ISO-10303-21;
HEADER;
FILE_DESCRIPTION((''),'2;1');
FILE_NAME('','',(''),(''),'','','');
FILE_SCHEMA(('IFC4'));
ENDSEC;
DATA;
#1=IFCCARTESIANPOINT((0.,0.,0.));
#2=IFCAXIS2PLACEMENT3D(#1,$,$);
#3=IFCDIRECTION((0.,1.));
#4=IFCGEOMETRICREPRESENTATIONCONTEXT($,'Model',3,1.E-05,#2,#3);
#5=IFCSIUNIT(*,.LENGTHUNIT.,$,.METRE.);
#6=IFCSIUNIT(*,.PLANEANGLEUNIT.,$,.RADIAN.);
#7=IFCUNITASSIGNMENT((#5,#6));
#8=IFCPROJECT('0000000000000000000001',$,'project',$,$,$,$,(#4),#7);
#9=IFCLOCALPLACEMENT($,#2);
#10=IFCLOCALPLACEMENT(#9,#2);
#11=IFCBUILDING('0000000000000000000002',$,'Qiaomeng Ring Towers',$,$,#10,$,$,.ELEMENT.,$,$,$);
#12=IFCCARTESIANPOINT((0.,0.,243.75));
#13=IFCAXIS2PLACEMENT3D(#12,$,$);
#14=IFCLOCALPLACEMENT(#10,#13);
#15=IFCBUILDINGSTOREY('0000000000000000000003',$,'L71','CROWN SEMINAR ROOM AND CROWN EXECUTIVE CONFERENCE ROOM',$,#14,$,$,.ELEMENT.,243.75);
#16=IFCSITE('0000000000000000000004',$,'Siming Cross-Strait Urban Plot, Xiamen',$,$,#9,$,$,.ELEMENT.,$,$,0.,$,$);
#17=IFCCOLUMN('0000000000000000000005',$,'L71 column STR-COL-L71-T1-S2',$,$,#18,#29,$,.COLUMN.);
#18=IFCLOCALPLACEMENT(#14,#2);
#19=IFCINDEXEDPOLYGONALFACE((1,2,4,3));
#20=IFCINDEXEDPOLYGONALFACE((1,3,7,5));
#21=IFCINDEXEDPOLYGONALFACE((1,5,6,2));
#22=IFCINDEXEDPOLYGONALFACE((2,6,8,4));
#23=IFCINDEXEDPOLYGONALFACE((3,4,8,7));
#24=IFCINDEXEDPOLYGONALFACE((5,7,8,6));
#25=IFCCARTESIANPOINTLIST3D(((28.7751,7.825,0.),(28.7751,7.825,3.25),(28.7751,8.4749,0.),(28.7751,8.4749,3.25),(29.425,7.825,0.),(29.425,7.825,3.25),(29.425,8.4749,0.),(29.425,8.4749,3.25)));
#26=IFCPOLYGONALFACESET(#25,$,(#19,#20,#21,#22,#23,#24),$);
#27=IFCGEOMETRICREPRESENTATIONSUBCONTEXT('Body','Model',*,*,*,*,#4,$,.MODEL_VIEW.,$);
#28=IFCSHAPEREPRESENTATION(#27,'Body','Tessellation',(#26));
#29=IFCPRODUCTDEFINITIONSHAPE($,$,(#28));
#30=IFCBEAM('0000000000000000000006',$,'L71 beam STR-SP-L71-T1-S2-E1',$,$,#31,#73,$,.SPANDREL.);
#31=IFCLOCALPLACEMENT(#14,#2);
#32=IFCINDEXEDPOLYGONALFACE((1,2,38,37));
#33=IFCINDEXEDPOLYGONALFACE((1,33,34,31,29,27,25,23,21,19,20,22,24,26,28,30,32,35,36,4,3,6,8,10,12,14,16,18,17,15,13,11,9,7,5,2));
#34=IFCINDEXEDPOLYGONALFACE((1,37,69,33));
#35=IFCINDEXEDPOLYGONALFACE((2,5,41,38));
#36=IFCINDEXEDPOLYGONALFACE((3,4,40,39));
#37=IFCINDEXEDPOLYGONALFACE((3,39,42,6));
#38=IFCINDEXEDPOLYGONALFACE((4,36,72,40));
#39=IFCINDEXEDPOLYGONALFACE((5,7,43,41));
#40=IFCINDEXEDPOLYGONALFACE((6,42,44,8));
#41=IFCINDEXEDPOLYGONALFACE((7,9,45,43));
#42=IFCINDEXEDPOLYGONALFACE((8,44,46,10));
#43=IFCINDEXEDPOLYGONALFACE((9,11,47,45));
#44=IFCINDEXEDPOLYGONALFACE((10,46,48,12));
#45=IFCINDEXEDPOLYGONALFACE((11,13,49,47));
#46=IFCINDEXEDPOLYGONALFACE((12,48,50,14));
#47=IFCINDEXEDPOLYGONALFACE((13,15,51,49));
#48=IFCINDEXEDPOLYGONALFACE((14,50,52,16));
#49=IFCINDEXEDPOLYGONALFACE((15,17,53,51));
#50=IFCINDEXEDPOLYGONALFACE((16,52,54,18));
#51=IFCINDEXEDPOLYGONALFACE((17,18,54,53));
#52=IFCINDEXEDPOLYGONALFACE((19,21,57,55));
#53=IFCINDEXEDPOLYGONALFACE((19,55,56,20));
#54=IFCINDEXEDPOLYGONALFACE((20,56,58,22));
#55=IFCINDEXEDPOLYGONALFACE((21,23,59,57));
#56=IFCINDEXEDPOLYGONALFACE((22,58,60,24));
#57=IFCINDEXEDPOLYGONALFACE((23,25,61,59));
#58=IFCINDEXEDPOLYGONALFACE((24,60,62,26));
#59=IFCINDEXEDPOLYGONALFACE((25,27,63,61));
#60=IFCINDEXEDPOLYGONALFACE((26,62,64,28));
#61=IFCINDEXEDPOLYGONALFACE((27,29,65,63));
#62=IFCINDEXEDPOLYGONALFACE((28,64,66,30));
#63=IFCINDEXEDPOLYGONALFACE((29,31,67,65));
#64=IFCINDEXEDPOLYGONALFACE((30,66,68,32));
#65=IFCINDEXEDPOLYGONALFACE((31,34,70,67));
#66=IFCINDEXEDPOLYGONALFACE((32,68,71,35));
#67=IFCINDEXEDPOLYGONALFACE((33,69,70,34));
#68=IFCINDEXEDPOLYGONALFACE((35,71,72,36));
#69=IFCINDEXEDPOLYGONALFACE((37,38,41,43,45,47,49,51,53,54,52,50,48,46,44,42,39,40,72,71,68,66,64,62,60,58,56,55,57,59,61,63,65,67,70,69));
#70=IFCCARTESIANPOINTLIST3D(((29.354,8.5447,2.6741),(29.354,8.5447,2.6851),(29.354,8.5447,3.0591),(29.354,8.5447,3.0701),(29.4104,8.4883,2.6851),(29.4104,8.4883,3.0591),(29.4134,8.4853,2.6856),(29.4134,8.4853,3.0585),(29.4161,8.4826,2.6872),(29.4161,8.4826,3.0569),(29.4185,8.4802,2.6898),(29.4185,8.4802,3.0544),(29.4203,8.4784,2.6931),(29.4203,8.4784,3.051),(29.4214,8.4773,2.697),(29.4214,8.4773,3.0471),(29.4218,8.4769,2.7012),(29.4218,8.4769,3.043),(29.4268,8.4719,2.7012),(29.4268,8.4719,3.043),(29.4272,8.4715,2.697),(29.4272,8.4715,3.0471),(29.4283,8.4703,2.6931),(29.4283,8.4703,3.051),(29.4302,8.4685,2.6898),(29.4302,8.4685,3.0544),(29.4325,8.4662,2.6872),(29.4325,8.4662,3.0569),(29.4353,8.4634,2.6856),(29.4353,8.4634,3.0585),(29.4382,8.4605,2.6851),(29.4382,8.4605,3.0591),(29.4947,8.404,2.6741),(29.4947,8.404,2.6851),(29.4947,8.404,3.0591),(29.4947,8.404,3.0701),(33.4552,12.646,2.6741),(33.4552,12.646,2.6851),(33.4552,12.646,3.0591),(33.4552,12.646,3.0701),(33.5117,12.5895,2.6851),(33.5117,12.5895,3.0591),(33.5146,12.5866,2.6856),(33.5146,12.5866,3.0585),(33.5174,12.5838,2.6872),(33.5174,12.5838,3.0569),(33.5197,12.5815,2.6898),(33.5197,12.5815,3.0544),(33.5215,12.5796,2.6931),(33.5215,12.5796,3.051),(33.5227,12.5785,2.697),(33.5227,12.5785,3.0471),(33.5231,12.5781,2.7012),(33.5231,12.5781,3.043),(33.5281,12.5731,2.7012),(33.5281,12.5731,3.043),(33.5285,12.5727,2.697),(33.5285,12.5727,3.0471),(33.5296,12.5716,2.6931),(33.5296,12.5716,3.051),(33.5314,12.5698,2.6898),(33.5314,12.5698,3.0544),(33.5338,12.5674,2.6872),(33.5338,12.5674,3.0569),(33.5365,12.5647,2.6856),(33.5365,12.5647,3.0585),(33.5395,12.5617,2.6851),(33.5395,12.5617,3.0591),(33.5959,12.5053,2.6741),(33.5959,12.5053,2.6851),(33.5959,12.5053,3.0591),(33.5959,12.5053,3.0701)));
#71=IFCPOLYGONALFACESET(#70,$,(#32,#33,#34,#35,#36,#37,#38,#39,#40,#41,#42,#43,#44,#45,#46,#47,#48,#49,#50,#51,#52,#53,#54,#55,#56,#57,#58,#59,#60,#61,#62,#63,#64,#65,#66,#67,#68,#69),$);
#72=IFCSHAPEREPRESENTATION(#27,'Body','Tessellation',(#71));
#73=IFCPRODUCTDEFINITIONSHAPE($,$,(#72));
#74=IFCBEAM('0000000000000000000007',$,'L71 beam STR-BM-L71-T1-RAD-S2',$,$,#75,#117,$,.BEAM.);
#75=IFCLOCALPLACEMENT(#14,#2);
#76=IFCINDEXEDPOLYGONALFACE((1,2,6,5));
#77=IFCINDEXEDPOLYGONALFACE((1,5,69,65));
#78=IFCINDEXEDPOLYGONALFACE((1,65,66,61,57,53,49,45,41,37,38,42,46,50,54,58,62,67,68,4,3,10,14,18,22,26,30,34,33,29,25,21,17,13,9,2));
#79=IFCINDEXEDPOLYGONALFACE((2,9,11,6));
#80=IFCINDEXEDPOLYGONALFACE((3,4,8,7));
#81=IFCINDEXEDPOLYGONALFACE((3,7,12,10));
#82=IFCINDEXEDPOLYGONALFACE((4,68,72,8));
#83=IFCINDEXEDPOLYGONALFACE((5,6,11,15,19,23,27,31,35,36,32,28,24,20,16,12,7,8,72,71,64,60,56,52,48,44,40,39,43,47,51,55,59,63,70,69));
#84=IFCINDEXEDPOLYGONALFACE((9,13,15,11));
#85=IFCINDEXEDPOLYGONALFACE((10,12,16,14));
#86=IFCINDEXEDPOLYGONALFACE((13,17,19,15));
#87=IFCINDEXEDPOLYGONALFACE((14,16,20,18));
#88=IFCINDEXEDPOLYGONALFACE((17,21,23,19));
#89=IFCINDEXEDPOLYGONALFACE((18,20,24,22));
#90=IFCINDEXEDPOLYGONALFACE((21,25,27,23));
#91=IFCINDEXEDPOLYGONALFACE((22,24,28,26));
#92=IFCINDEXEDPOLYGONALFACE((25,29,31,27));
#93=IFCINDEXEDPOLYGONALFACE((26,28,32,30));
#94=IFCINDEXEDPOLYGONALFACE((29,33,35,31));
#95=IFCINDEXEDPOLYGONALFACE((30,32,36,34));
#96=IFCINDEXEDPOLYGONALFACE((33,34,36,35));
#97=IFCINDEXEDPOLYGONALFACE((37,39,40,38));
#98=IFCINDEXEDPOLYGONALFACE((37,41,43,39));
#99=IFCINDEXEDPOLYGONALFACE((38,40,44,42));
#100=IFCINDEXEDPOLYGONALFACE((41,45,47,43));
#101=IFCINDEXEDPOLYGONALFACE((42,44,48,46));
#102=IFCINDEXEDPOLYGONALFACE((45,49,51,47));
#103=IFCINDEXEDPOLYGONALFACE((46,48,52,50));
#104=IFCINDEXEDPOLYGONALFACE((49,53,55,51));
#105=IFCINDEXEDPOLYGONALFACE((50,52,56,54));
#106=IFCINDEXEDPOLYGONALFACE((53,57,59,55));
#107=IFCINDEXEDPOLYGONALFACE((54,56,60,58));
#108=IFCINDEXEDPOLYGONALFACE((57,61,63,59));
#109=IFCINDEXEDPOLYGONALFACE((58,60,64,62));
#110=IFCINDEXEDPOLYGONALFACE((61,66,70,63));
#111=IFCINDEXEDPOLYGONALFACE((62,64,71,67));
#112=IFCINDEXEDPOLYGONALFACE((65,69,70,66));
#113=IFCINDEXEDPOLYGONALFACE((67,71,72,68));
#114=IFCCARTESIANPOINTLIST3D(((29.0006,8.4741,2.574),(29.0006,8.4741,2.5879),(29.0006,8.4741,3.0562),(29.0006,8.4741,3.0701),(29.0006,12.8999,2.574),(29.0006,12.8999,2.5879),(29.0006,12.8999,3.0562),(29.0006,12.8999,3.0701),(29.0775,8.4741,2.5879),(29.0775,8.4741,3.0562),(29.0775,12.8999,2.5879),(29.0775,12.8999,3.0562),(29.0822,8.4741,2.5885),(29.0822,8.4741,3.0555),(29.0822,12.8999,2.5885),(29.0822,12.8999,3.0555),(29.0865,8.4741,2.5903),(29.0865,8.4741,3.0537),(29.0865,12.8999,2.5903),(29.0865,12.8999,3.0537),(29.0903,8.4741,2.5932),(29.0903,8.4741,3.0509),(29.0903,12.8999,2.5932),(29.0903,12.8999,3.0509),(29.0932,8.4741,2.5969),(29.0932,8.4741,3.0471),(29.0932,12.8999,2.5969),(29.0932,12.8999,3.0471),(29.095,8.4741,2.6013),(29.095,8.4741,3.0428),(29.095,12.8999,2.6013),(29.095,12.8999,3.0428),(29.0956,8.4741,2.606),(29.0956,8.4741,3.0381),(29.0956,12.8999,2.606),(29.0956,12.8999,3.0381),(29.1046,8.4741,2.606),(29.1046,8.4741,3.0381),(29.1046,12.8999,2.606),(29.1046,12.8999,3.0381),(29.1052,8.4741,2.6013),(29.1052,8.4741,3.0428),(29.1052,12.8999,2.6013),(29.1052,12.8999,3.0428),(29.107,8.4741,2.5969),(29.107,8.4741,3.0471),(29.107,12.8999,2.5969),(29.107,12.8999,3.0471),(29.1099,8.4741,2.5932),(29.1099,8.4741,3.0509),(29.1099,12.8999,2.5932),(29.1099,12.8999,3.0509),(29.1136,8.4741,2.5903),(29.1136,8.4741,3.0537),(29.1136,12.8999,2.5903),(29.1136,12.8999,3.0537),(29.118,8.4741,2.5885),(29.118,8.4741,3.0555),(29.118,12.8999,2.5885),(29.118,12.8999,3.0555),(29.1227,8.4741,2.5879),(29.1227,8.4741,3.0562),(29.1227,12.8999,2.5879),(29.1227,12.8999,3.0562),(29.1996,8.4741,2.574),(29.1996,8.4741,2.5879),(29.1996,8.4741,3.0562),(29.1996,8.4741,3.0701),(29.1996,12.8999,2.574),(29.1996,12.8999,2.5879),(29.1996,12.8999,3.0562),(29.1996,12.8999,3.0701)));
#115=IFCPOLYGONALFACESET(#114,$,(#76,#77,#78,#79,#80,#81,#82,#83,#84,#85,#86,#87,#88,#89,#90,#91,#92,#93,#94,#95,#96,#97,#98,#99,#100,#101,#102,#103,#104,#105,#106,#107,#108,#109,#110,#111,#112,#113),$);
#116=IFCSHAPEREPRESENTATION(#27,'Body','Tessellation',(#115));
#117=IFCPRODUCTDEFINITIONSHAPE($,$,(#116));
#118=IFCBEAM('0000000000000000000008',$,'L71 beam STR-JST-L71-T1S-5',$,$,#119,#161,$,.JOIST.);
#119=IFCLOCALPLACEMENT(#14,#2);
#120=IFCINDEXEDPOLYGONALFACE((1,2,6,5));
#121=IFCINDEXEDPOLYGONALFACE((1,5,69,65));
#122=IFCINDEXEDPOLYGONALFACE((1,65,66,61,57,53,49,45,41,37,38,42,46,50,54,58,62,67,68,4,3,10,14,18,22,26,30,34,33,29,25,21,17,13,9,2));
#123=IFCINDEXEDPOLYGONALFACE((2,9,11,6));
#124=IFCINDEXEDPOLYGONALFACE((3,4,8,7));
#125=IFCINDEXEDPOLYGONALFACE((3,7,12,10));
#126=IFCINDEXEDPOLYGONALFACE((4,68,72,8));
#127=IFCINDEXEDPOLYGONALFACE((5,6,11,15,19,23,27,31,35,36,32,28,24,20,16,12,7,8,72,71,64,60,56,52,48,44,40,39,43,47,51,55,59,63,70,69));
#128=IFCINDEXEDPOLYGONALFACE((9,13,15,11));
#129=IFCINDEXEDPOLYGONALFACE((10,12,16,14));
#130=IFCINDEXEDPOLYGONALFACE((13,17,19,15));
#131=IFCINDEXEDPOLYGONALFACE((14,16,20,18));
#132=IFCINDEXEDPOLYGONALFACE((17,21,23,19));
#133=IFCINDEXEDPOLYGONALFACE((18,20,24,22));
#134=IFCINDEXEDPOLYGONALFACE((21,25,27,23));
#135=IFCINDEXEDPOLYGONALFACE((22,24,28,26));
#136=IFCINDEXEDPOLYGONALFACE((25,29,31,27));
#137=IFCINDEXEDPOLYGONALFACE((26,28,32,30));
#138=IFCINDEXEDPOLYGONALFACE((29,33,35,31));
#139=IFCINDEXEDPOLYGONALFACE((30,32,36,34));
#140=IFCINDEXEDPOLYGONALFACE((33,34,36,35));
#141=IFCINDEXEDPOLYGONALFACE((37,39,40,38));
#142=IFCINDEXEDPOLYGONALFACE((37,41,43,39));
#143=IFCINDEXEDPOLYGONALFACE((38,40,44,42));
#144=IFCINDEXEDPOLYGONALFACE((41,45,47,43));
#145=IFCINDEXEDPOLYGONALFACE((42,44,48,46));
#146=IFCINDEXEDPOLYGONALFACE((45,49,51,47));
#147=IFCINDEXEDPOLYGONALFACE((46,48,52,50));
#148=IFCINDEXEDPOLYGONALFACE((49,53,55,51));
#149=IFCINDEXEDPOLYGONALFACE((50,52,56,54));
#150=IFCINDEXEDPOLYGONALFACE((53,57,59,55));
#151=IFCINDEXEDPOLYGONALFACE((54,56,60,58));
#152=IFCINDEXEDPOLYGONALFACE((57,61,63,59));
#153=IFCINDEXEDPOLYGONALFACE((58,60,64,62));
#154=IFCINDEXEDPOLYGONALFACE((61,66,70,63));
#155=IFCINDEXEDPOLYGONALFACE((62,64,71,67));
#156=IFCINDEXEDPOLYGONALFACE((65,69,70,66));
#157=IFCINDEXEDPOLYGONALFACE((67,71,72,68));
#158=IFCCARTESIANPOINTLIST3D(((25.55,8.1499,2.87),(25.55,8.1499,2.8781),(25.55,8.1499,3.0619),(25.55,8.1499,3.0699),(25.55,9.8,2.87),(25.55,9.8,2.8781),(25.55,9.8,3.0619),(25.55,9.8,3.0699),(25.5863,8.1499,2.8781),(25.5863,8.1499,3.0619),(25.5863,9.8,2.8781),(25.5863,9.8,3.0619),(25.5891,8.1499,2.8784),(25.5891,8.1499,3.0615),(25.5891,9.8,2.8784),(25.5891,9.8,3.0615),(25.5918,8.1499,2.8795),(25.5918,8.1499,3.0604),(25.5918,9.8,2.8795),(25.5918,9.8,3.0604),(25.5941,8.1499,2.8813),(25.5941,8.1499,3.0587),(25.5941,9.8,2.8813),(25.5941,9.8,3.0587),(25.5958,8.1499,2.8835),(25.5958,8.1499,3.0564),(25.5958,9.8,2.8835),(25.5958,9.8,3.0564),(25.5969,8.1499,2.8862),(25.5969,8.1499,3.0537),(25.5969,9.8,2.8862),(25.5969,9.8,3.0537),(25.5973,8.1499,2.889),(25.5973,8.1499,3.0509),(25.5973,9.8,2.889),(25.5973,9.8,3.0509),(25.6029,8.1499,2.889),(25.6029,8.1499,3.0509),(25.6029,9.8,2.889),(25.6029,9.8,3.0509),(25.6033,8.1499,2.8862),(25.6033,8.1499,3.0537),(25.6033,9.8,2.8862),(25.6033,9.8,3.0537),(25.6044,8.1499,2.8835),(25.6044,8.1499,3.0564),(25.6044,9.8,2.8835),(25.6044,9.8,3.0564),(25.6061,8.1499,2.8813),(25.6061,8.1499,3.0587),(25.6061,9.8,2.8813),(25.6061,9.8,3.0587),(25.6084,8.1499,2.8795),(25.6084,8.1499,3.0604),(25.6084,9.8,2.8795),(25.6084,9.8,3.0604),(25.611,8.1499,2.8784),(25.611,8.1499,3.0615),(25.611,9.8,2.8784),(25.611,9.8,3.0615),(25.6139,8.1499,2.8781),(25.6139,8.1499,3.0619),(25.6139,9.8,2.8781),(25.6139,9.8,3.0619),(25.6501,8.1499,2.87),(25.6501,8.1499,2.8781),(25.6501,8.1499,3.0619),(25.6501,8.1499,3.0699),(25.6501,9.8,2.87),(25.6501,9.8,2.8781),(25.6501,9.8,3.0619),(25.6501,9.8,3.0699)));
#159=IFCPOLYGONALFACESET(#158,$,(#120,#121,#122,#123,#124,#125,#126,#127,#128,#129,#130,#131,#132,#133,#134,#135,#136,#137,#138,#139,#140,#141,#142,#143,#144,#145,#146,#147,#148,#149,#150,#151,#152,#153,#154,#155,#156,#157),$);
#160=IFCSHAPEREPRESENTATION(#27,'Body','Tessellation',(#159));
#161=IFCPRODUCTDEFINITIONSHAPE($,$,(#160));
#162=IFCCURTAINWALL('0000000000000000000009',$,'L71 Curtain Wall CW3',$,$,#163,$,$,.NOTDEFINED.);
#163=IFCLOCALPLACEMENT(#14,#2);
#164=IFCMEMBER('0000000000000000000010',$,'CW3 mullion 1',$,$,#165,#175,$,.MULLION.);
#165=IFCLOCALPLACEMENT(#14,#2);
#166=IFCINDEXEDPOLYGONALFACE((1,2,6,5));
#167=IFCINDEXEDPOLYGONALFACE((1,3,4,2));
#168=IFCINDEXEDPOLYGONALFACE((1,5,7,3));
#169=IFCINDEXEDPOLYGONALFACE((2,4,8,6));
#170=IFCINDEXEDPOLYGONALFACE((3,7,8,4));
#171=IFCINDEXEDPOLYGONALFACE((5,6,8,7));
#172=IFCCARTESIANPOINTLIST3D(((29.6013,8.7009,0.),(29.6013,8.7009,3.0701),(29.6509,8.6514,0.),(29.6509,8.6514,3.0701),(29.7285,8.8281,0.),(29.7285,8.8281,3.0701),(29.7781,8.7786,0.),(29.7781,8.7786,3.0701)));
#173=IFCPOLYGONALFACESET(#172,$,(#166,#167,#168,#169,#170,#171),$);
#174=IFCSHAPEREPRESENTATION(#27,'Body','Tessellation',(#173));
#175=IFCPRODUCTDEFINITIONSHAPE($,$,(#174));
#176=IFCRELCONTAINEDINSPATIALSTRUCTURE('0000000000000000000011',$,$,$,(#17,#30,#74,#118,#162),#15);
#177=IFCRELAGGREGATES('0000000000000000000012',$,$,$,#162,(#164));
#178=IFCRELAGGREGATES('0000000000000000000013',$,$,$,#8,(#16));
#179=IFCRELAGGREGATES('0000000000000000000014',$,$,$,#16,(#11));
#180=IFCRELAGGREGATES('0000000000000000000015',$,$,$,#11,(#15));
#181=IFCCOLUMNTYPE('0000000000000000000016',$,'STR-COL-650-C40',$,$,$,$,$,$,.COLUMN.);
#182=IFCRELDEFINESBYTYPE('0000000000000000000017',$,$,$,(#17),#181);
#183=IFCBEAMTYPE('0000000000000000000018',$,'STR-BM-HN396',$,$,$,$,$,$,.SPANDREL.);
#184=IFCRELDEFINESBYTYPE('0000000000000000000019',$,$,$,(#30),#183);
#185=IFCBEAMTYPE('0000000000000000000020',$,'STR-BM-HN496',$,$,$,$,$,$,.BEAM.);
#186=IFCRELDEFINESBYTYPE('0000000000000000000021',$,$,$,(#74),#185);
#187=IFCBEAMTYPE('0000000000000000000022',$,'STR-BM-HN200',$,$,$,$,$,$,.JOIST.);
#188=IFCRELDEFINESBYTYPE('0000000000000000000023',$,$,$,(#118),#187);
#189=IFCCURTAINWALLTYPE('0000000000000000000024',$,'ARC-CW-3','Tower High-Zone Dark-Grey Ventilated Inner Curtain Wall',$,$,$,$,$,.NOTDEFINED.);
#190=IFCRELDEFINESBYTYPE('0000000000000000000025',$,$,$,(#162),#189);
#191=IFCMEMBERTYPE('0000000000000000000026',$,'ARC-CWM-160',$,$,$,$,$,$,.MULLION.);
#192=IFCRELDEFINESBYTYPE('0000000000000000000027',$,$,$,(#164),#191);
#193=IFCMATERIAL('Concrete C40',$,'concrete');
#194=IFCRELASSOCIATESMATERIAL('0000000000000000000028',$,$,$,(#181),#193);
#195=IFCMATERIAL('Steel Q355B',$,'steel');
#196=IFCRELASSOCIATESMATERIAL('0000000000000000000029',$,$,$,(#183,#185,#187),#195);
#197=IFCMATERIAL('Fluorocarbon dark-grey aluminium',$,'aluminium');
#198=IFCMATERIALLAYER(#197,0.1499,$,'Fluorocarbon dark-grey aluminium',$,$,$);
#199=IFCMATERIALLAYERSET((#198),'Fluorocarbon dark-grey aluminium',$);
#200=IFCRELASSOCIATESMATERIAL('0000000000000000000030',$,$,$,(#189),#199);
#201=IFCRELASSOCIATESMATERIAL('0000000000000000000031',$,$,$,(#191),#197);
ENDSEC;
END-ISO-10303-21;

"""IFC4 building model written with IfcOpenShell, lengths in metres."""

from ifc_helpers import new_model, si_unit, direction, frame, origin, origin_2d, place, context, subcontext, project, spatial, rectangle, i_section, extrude, source, transform, mapped, material, layer, layer_set, material_profile, profile_set, type_object, element, aggregate, save


model = new_model("IFC4")

# Units and contexts
model_context = context("Model", 3, precision=1e-05, world=origin(), true_north=direction((0.0, 1.0)))
body_context = subcontext(model_context, "Body", "Model", "MODEL_VIEW")
ifc_project = project(units=[si_unit("LENGTHUNIT", "METRE"), si_unit("PLANEANGLEUNIT", "RADIAN")], contexts=[model_context])

# Site, building, storey
site_placement = place(None, origin())
site = spatial("IfcSite", under=ifc_project, at=site_placement, Name="Siming Cross-Strait Urban Plot, Xiamen", CompositionType="ELEMENT", RefElevation=0.0)
building_placement = place(site_placement, origin())
building = spatial("IfcBuilding", under=site, at=building_placement, Name="Qiaomeng Ring Towers", CompositionType="ELEMENT")
storey_placement = place(building_placement, frame((0.0, 0.0, 243.75)))
storey = spatial("IfcBuildingStorey", under=building, at=storey_placement, Name="L71", Description="CROWN SEMINAR ROOM AND CROWN EXECUTIVE CONFERENCE ROOM", CompositionType="ELEMENT", Elevation=243.75)

# Column
ifc_material_1 = material(Name="Concrete C40", Category="concrete")
ifc_material_profile_1 = material_profile(ifc_material_1, rectangle(XDim=0.6499, YDim=0.6499, at=origin_2d()), Name="RC COL 650x650")
ifc_profile_set_1 = profile_set([ifc_material_profile_1], Name="Concrete C40")
column_type = type_object("IfcColumnType", Name="STR-COL-650-C40", PredefinedType="COLUMN", material=ifc_profile_set_1)
shared_shape_1 = source(origin(), body_context, "Body", "SweptSolid", [
    extrude(rectangle(XDim=0.6499, YDim=0.6499, at=origin_2d()), origin(), (0.0, 0.0, 1.0), 3.25),
])
column_placement = place(storey_placement, frame((29.1001, 8.1499, 0.0), z_axis=(0.0, 0.0, 1.0), x_axis=(1.0, 0.0, 0.0)))
element("IfcColumn", 1, at=column_placement, inside=storey, type_object=column_type, Name="L71 column STR-COL-L71-T1-S2", PredefinedType="COLUMN", context=body_context, shape_type="MappedRepresentation", body=[
    mapped(shared_shape_1, transform((0.0, 0.0, 0.0), x_axis=(1.0, 0.0, 0.0), y_axis=(0.0, 1.0, 0.0), z_axis=(0.0, 0.0, 1.0), scale=1.0)),
])

# Beams
ifc_material_2 = material(Name="Steel Q355B", Category="steel")
ifc_material_profile_2 = material_profile(ifc_material_2, i_section(OverallWidth=0.199, OverallDepth=0.396, WebThickness=0.0071, FlangeThickness=0.011, FilletRadius=0.0161, at=origin_2d()), Name="HN 396x199x7x11")
ifc_profile_set_2 = profile_set([ifc_material_profile_2], Name="Steel Q355B")
beam_type_1 = type_object("IfcBeamType", Name="STR-BM-HN396", PredefinedType="SPANDREL", material=ifc_profile_set_2)
shared_shape_2 = source(origin(), body_context, "Body", "SweptSolid", [
    extrude(i_section(OverallWidth=0.199, OverallDepth=0.396, WebThickness=0.0071, FlangeThickness=0.011, FilletRadius=0.0161, at=origin_2d()), origin(), (0.0, 0.0, 1.0), 5.8),
])
beam_1_placement = place(storey_placement, frame((29.4243, 8.4744, 2.8721), z_axis=(0.707107, 0.707107, 0.0), x_axis=(-0.707107, 0.707107, 0.0)))
element("IfcBeam", 2, at=beam_1_placement, inside=storey, type_object=beam_type_1, Name="L71 beam STR-SP-L71-T1-S2-E1", PredefinedType="SPANDREL", context=body_context, shape_type="MappedRepresentation", body=[
    mapped(shared_shape_2, transform((0.0, 0.0, 0.0), x_axis=(1.0, 0.0, 0.0), y_axis=(0.0, 1.0, 0.0), z_axis=(0.0, 0.0, 1.0), scale=1.0)),
])
ifc_material_profile_3 = material_profile(ifc_material_2, i_section(OverallWidth=0.199, OverallDepth=0.4961, WebThickness=0.009, FlangeThickness=0.0139, FilletRadius=0.0181, at=origin_2d()), Name="HN 496x199x9x14")
ifc_profile_set_3 = profile_set([ifc_material_profile_3], Name="Steel Q355B")
beam_type_2 = type_object("IfcBeamType", Name="STR-BM-HN496", PredefinedType="BEAM", material=ifc_profile_set_3)
shared_shape_3 = source(origin(), body_context, "Body", "SweptSolid", [
    extrude(i_section(OverallWidth=0.199, OverallDepth=0.4961, WebThickness=0.009, FlangeThickness=0.0139, FilletRadius=0.0181, at=origin_2d()), origin(), (0.0, 0.0, 1.0), 4.4258),
])
beam_2_placement = place(storey_placement, frame((29.1001, 8.4741, 2.822), z_axis=(0.0, 1.0, 0.0), x_axis=(-1.0, 0.0, 0.0)))
element("IfcBeam", 3, at=beam_2_placement, inside=storey, type_object=beam_type_2, Name="L71 beam STR-BM-L71-T1-RAD-S2", PredefinedType="BEAM", context=body_context, shape_type="MappedRepresentation", body=[
    mapped(shared_shape_3, transform((0.0, 0.0, 0.0), x_axis=(1.0, 0.0, 0.0), y_axis=(0.0, 1.0, 0.0), z_axis=(0.0, 0.0, 1.0), scale=1.0)),
])
ifc_material_profile_4 = material_profile(ifc_material_2, i_section(OverallWidth=0.1001, OverallDepth=0.2, WebThickness=0.0056, FlangeThickness=0.0081, FilletRadius=0.011, at=origin_2d()), Name="HN 200x100x5.5x8")
ifc_profile_set_4 = profile_set([ifc_material_profile_4], Name="Steel Q355B")
beam_type_3 = type_object("IfcBeamType", Name="STR-BM-HN200", PredefinedType="JOIST", material=ifc_profile_set_4)
shared_shape_4 = source(origin(), body_context, "Body", "SweptSolid", [
    extrude(i_section(OverallWidth=0.1001, OverallDepth=0.2, WebThickness=0.0056, FlangeThickness=0.0081, FilletRadius=0.011, at=origin_2d()), origin(), (0.0, 0.0, 1.0), 1.6501),
])
beam_3_placement = place(storey_placement, frame((25.6001, 8.1499, 2.97), z_axis=(0.0, 1.0, 0.0), x_axis=(-1.0, 0.0, 0.0)))
element("IfcBeam", 4, at=beam_3_placement, inside=storey, type_object=beam_type_3, Name="L71 beam STR-JST-L71-T1S-5", PredefinedType="JOIST", context=body_context, shape_type="MappedRepresentation", body=[
    mapped(shared_shape_4, transform((0.0, 0.0, 0.0), x_axis=(1.0, 0.0, 0.0), y_axis=(0.0, 1.0, 0.0), z_axis=(0.0, 0.0, 1.0), scale=1.0)),
])

# Curtain wall, member
ifc_material_3 = material(Name="Fluorocarbon dark-grey aluminium", Category="aluminium")
ifc_layer_1 = layer(ifc_material_3, 0.1499, Name="Fluorocarbon dark-grey aluminium")
ifc_layer_set_1 = layer_set([ifc_layer_1], Name="Fluorocarbon dark-grey aluminium")
curtain_wall_type = type_object("IfcCurtainWallType", Name="ARC-CW-3", Description="Tower High-Zone Dark-Grey Ventilated Inner Curtain Wall", PredefinedType="NOTDEFINED", material=ifc_layer_set_1)
curtain_wall_placement = place(storey_placement, origin())
curtain_wall = element("IfcCurtainWall", 5, at=curtain_wall_placement, inside=storey, type_object=curtain_wall_type, Name="L71 Curtain Wall CW3", PredefinedType="NOTDEFINED")
ifc_material_profile_5 = material_profile(ifc_material_3, rectangle(XDim=0.0701, YDim=0.1799, at=origin_2d()), Name="ALU MULL 70x180")
ifc_profile_set_5 = profile_set([ifc_material_profile_5], Name="Fluorocarbon dark-grey aluminium")
member_type_1 = type_object("IfcMemberType", Name="ARC-CWM-160", PredefinedType="MULLION", material=ifc_profile_set_5)
shared_shape_5 = source(origin(), body_context, "Body", "SweptSolid", [
    extrude(rectangle(XDim=0.0701, YDim=0.1799, at=origin_2d()), origin(), (0.0, 0.0, 1.0), 3.0701),
])
member_1_placement = place(storey_placement, frame((29.6897, 8.7397, 0.0), z_axis=(0.0, 0.0, 1.0), x_axis=(-0.707107, 0.707107, 0.0)))
member_1 = element("IfcMember", 6, at=member_1_placement, type_object=member_type_1, Name="CW3 mullion 1", PredefinedType="MULLION", context=body_context, shape_type="MappedRepresentation", body=[
    mapped(shared_shape_5, transform((0.0, 0.0, 0.0), x_axis=(1.0, 0.0, 0.0), y_axis=(0.0, 1.0, 0.0), z_axis=(0.0, 0.0, 1.0), scale=1.0)),
])
aggregate(curtain_wall, [member_1])

save(model, "model.ifc")
